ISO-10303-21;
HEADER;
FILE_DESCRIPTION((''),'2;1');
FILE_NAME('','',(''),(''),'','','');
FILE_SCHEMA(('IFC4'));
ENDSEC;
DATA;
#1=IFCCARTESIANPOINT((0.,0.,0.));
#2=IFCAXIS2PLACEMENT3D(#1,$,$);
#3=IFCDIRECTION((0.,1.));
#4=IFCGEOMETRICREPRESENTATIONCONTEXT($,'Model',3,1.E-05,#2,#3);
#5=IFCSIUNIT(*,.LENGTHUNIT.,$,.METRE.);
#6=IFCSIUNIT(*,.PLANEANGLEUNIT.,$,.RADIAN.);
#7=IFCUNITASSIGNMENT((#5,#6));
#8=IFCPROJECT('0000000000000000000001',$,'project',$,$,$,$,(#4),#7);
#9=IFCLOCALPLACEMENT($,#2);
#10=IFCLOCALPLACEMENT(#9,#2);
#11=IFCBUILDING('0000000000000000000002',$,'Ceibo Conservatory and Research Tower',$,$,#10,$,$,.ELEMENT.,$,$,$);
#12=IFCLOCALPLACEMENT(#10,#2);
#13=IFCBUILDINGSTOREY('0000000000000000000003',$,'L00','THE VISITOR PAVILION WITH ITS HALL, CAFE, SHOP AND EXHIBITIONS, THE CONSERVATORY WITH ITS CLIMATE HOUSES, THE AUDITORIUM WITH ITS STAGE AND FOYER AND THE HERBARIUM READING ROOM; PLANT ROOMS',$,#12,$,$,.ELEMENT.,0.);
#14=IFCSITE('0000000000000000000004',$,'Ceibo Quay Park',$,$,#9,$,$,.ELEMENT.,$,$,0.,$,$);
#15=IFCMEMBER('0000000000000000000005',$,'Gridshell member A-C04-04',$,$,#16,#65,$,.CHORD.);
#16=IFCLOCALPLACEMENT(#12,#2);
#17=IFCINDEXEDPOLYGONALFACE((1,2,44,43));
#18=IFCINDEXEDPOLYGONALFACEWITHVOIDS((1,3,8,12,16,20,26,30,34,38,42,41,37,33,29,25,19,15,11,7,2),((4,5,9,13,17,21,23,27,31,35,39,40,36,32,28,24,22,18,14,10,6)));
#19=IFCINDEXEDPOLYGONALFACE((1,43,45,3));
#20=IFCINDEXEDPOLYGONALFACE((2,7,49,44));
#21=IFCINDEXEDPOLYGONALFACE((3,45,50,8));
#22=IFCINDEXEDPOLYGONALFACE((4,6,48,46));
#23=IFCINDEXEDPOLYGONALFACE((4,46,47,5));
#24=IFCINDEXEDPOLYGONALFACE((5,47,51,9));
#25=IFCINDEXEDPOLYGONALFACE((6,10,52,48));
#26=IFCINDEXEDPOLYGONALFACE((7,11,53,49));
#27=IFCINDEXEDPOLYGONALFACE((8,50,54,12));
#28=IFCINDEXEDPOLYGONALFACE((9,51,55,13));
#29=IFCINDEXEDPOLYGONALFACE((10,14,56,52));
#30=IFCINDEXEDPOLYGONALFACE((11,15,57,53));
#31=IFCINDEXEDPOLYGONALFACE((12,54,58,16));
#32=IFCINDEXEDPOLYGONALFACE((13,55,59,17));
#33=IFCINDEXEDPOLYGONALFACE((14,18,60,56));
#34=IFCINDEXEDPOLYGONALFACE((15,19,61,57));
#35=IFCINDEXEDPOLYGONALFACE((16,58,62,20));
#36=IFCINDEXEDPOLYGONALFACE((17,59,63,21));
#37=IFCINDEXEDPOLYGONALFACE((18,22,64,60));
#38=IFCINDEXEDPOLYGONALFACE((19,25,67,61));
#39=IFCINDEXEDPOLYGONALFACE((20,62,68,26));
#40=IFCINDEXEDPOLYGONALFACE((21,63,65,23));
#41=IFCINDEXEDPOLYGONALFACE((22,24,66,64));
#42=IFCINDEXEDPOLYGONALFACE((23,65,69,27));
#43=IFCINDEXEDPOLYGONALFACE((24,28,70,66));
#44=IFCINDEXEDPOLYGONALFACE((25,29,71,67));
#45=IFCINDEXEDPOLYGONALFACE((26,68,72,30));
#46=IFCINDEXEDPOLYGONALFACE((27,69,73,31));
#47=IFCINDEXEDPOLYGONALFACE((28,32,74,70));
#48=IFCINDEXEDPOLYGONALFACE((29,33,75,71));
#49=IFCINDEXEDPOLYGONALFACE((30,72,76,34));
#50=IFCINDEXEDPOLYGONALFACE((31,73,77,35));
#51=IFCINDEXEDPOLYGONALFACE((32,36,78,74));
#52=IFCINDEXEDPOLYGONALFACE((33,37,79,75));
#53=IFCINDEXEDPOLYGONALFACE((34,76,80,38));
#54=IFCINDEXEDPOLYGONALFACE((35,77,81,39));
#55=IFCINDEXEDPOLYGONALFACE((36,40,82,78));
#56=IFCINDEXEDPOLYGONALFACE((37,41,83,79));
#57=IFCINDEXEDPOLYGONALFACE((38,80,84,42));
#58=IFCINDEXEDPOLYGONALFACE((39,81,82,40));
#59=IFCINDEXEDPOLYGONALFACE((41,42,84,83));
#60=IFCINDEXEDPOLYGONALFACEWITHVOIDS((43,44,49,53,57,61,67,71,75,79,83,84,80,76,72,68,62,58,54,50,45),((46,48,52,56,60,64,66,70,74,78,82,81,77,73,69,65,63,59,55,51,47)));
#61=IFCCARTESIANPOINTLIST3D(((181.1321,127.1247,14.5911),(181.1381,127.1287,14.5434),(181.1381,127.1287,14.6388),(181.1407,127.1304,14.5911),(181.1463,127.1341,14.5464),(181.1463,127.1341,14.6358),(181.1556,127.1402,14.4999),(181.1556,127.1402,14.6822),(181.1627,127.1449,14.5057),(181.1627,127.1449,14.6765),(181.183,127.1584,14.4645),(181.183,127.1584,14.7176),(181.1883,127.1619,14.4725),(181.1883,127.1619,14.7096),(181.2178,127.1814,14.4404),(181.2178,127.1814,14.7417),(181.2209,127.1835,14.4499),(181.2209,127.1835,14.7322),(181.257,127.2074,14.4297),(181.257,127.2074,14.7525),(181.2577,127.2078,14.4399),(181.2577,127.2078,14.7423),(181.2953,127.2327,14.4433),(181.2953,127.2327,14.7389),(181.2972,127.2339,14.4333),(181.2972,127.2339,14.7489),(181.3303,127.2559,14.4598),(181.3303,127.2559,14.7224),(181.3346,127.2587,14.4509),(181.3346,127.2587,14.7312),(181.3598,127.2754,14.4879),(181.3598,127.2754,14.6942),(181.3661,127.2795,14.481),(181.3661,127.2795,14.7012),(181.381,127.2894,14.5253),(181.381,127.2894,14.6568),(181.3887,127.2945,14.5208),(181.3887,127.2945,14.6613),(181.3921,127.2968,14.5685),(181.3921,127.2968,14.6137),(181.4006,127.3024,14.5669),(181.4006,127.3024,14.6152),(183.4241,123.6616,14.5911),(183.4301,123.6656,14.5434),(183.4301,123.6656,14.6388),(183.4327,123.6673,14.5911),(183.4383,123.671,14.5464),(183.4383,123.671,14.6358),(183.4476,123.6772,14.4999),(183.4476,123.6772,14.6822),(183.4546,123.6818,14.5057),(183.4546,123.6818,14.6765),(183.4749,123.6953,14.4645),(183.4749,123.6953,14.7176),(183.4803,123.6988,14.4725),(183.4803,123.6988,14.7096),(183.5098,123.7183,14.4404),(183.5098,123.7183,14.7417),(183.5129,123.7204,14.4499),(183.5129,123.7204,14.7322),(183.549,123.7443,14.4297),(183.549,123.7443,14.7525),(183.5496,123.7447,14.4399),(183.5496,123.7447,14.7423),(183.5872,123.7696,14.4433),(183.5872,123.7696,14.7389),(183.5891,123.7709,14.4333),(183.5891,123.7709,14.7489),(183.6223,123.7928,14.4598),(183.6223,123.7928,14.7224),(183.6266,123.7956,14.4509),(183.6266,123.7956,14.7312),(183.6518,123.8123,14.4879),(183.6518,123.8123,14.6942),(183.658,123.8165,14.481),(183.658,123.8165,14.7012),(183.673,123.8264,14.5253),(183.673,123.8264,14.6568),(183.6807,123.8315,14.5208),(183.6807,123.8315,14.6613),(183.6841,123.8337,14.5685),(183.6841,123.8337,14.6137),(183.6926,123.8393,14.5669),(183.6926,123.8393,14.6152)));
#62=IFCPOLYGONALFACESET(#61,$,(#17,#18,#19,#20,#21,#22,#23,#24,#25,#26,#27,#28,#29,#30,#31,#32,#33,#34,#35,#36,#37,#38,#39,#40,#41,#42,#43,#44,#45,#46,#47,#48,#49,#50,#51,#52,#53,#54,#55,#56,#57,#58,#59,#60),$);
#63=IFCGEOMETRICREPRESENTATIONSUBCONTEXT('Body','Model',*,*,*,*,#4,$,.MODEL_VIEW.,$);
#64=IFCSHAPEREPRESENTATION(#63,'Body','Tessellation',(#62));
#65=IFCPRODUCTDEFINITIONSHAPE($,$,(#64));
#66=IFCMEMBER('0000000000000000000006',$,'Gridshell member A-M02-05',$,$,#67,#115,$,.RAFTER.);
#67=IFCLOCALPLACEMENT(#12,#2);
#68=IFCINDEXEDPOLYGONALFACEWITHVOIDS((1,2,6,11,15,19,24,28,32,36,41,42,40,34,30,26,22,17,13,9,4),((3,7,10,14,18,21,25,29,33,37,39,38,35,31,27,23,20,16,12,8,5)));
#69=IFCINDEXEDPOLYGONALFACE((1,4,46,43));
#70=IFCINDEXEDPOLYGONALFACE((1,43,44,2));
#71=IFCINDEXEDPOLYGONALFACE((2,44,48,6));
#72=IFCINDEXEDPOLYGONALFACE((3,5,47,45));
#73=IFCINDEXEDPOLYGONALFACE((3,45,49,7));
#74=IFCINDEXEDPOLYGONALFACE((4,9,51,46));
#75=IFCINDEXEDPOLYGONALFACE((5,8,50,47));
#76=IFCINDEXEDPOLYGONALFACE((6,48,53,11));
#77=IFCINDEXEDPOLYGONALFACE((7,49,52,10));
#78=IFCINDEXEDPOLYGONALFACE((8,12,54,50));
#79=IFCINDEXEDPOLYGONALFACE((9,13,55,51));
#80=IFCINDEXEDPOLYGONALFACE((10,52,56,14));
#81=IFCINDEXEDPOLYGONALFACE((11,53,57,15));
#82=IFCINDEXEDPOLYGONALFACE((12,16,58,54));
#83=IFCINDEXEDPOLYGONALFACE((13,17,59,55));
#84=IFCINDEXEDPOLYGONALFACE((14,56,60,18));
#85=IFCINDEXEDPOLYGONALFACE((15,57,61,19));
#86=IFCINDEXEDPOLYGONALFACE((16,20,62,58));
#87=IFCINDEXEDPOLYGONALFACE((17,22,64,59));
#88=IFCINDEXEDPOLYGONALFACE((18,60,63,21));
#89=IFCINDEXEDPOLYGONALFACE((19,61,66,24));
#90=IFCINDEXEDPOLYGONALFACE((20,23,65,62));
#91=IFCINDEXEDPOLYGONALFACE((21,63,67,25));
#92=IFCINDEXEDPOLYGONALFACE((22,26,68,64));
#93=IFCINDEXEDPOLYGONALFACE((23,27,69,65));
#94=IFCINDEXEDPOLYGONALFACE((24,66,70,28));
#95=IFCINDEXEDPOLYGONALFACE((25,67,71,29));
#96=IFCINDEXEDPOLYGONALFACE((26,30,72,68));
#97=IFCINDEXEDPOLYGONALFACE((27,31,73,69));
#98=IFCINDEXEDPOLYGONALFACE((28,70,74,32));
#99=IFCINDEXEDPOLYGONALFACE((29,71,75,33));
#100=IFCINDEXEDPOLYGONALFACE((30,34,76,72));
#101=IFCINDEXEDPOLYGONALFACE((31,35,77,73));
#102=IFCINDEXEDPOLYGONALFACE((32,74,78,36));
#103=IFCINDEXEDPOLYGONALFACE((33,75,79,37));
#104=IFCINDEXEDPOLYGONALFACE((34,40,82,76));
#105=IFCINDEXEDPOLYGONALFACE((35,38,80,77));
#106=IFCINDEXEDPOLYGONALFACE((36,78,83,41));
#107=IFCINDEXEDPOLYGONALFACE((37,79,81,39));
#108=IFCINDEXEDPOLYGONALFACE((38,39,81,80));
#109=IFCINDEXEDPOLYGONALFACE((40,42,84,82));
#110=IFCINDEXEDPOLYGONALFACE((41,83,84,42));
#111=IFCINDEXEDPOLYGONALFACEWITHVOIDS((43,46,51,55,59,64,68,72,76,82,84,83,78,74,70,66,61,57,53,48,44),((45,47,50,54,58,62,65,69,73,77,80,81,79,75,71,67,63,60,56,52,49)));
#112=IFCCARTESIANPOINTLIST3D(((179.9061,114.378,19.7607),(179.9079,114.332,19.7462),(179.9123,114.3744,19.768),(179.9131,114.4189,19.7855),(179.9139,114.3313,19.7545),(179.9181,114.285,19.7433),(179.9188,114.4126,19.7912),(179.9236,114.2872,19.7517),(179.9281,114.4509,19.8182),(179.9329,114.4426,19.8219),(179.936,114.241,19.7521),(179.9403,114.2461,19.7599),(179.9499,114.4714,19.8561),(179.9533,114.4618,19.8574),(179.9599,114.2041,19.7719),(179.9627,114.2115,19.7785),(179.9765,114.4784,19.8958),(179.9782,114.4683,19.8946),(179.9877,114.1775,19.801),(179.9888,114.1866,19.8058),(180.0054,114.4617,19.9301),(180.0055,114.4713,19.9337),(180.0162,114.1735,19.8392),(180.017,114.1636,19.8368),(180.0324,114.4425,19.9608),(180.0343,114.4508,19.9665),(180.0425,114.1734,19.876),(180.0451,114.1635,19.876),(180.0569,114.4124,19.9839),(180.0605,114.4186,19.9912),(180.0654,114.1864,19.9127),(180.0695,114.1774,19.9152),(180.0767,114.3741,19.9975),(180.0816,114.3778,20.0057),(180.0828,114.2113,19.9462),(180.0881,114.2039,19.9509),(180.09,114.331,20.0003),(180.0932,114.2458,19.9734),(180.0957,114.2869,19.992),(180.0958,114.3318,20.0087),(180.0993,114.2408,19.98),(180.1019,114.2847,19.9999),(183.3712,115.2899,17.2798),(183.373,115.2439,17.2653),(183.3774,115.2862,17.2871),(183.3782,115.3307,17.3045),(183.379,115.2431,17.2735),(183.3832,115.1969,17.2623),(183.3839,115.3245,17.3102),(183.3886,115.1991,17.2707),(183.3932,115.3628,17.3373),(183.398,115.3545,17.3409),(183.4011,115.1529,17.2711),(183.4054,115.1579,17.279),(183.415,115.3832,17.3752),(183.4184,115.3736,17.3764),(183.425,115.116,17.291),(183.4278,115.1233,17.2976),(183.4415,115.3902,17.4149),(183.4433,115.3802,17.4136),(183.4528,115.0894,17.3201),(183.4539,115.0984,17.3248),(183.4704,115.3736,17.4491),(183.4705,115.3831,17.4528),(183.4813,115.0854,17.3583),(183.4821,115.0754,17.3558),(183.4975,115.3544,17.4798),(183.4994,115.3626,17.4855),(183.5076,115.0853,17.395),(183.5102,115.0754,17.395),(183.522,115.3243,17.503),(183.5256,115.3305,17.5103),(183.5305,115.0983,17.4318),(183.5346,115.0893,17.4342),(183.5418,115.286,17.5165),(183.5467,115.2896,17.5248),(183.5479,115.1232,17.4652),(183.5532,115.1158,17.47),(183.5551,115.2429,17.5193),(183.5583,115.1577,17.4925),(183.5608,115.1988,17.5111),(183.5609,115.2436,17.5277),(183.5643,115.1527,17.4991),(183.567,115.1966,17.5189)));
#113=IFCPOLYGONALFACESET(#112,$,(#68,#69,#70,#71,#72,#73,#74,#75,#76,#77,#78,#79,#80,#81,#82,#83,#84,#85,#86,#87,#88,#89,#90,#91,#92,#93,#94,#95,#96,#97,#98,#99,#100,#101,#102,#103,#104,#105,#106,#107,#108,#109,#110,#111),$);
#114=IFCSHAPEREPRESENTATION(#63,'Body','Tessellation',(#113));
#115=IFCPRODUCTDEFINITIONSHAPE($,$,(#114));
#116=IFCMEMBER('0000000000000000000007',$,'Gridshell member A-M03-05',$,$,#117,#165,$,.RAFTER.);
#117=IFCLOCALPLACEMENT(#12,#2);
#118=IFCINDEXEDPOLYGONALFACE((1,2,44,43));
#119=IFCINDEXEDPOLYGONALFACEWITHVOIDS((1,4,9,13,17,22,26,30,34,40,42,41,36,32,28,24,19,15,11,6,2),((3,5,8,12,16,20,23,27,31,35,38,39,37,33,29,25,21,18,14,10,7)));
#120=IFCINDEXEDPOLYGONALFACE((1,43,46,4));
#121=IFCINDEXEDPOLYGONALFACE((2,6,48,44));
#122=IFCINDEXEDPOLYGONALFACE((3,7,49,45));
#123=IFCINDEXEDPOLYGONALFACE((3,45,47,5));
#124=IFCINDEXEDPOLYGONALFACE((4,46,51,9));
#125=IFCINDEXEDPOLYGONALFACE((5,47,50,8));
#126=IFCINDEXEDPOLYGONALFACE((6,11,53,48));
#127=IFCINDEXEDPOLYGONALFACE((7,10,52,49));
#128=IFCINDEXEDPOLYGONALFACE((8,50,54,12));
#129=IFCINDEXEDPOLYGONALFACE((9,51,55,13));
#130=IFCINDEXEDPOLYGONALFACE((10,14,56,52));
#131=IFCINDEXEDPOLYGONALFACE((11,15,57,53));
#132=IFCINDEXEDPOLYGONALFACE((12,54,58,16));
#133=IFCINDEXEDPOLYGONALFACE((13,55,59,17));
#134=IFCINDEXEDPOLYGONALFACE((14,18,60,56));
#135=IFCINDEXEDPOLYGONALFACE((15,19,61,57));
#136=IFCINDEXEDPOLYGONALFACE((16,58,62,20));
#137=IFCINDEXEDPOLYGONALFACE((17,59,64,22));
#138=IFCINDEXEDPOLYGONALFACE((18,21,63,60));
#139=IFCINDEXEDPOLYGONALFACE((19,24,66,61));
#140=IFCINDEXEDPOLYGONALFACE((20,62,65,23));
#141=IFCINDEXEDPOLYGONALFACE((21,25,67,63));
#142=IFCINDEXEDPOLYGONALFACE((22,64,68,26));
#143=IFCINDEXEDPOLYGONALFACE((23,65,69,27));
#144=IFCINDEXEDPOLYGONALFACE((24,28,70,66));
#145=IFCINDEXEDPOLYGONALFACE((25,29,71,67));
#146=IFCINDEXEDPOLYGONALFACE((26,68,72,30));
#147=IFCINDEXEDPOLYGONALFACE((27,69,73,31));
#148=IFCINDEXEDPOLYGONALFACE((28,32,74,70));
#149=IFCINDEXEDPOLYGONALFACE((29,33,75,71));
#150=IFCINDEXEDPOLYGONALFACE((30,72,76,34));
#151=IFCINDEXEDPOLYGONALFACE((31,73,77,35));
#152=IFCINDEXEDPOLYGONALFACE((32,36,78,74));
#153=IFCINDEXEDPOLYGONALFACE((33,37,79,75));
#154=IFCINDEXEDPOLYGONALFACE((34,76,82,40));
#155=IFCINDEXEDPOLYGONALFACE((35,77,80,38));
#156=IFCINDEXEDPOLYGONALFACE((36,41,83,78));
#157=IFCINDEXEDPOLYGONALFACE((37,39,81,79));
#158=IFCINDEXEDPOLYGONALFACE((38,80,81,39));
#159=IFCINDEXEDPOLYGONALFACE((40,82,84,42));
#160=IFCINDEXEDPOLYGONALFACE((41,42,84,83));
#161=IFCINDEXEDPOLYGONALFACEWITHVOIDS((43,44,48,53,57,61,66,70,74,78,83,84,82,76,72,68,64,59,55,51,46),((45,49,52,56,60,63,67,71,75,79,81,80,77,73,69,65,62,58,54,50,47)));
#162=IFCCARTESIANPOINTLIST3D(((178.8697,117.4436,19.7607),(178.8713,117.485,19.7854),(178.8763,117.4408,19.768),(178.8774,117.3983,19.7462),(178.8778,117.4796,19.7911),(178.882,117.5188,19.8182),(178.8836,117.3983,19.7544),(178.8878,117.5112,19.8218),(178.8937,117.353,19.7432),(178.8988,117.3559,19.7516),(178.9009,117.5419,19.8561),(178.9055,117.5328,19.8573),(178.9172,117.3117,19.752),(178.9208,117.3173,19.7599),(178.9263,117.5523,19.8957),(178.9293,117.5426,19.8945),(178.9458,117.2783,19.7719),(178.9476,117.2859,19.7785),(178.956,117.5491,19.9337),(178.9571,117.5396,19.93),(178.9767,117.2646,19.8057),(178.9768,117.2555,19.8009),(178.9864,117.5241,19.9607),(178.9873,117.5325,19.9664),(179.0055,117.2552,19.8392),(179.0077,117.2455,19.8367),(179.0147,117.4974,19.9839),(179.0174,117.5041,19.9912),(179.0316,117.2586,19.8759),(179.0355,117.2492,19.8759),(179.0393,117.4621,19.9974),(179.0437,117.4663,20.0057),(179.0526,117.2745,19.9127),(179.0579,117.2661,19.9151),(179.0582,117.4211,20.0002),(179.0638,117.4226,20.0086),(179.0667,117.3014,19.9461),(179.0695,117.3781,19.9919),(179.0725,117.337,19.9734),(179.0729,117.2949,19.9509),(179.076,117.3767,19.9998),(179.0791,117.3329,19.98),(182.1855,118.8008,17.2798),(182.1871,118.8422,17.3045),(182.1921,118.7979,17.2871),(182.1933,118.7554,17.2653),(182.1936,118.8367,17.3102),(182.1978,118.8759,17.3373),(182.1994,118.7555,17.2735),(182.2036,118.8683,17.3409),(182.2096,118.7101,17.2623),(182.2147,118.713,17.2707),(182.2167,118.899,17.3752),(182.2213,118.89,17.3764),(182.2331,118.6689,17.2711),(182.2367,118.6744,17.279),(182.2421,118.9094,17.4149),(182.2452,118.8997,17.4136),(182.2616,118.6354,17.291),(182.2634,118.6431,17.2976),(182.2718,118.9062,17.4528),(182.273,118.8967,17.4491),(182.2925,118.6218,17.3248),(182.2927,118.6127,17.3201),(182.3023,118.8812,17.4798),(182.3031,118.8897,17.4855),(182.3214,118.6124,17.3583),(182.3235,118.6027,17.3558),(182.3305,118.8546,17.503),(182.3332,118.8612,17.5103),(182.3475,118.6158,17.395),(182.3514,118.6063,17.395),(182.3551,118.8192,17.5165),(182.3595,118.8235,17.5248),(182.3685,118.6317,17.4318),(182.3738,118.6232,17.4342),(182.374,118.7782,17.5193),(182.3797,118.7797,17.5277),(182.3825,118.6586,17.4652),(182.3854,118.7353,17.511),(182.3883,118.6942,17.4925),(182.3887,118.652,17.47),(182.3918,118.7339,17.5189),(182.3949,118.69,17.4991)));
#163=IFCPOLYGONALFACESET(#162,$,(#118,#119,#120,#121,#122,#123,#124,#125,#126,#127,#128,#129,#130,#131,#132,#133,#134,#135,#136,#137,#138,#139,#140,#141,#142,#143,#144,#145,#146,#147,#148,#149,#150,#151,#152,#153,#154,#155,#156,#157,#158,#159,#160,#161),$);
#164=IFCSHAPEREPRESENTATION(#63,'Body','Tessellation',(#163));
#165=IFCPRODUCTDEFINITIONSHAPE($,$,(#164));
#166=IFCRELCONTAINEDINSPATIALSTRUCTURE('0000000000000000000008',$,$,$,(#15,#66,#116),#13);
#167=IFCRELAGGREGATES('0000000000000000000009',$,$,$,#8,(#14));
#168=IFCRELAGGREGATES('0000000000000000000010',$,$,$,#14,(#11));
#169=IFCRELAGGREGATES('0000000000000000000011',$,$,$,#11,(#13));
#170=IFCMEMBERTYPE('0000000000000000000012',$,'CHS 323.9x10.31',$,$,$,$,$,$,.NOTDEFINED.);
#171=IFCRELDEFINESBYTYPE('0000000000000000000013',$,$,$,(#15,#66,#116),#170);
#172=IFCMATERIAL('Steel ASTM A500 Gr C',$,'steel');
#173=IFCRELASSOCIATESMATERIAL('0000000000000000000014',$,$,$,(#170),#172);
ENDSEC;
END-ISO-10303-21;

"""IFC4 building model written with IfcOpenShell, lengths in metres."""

from ifc_helpers import new_model, si_unit, direction, frame, origin, origin_2d, place, context, subcontext, project, spatial, hollow_circle, extrude, material, material_profile, profile_set, type_object, element, save


model = new_model("IFC4")

# Units and contexts
model_context = context("Model", 3, precision=1e-05, world=origin(), true_north=direction((0.0, 1.0)))
body_context = subcontext(model_context, "Body", "Model", "MODEL_VIEW")
ifc_project = project(units=[si_unit("LENGTHUNIT", "METRE"), si_unit("PLANEANGLEUNIT", "RADIAN")], contexts=[model_context])

# Site, building, storey
site_placement = place(None, origin())
site = spatial("IfcSite", under=ifc_project, at=site_placement, Name="Ceibo Quay Park", CompositionType="ELEMENT", RefElevation=0.0)
building_placement = place(site_placement, origin())
building = spatial("IfcBuilding", under=site, at=building_placement, Name="Ceibo Conservatory and Research Tower", CompositionType="ELEMENT")
storey_placement = place(building_placement, origin())
storey = spatial("IfcBuildingStorey", under=building, at=storey_placement, Name="L00", Description="THE VISITOR PAVILION WITH ITS HALL, CAFE, SHOP AND EXHIBITIONS, THE CONSERVATORY WITH ITS CLIMATE HOUSES, THE AUDITORIUM WITH ITS STAGE AND FOYER AND THE HERBARIUM READING ROOM; PLANT ROOMS", CompositionType="ELEMENT", Elevation=0.0)

# Members
ifc_material_1 = material(Name="Steel ASTM A500 Gr C", Category="steel")
ifc_material_profile_1 = material_profile(ifc_material_1, hollow_circle(Radius=0.1619, WallThickness=0.0103, at=origin_2d()), Name="CHS 323.9x10.31")
ifc_profile_set_1 = profile_set([ifc_material_profile_1], Name="Steel ASTM A500 Gr C")
member_type_1 = type_object("IfcMemberType", Name="CHS 323.9x10.31", PredefinedType="NOTDEFINED", material=ifc_profile_set_1)
member_1_placement = place(storey_placement, frame((183.5591, 123.751, 14.5911), z_axis=(-0.551902, 0.833909, 0.0), x_axis=(-0.833909, -0.551902, 0.0)))
element("IfcMember", 1, at=member_1_placement, inside=storey, type_object=member_type_1, Name="Gridshell member A-C04-04", PredefinedType="CHORD", context=body_context, shape_type="SweptSolid", body=[
    extrude(hollow_circle(Radius=0.1619, WallThickness=0.0103, at=origin_2d()), origin(), (0.0, 0.0, 1.0), 4.1528),
])
member_2_placement = place(storey_placement, frame((183.469, 115.2319, 17.395), z_axis=(-0.795082, -0.209232, 0.569268), x_axis=(0.254493, -0.967075, 0.0)))
element("IfcMember", 2, at=member_2_placement, inside=storey, type_object=member_type_1, Name="Gridshell member A-M02-05", PredefinedType="RAFTER", context=body_context, shape_type="SweptSolid", body=[
    extrude(hollow_circle(Radius=0.1619, WallThickness=0.0103, at=origin_2d()), origin(), (0.0, 0.0, 1.0), 4.3582),
])
member_3_placement = place(storey_placement, frame((182.29, 118.7561, 17.395), z_axis=(-0.760876, -0.31142, 0.569285), x_axis=(0.378792, -0.925482, 0.0)))
element("IfcMember", 3, at=member_3_placement, inside=storey, type_object=member_type_1, Name="Gridshell member A-M03-05", PredefinedType="RAFTER", context=body_context, shape_type="SweptSolid", body=[
    extrude(hollow_circle(Radius=0.1619, WallThickness=0.0103, at=origin_2d()), origin(), (0.0, 0.0, 1.0), 4.3579),
])

save(model, "model.ifc")
